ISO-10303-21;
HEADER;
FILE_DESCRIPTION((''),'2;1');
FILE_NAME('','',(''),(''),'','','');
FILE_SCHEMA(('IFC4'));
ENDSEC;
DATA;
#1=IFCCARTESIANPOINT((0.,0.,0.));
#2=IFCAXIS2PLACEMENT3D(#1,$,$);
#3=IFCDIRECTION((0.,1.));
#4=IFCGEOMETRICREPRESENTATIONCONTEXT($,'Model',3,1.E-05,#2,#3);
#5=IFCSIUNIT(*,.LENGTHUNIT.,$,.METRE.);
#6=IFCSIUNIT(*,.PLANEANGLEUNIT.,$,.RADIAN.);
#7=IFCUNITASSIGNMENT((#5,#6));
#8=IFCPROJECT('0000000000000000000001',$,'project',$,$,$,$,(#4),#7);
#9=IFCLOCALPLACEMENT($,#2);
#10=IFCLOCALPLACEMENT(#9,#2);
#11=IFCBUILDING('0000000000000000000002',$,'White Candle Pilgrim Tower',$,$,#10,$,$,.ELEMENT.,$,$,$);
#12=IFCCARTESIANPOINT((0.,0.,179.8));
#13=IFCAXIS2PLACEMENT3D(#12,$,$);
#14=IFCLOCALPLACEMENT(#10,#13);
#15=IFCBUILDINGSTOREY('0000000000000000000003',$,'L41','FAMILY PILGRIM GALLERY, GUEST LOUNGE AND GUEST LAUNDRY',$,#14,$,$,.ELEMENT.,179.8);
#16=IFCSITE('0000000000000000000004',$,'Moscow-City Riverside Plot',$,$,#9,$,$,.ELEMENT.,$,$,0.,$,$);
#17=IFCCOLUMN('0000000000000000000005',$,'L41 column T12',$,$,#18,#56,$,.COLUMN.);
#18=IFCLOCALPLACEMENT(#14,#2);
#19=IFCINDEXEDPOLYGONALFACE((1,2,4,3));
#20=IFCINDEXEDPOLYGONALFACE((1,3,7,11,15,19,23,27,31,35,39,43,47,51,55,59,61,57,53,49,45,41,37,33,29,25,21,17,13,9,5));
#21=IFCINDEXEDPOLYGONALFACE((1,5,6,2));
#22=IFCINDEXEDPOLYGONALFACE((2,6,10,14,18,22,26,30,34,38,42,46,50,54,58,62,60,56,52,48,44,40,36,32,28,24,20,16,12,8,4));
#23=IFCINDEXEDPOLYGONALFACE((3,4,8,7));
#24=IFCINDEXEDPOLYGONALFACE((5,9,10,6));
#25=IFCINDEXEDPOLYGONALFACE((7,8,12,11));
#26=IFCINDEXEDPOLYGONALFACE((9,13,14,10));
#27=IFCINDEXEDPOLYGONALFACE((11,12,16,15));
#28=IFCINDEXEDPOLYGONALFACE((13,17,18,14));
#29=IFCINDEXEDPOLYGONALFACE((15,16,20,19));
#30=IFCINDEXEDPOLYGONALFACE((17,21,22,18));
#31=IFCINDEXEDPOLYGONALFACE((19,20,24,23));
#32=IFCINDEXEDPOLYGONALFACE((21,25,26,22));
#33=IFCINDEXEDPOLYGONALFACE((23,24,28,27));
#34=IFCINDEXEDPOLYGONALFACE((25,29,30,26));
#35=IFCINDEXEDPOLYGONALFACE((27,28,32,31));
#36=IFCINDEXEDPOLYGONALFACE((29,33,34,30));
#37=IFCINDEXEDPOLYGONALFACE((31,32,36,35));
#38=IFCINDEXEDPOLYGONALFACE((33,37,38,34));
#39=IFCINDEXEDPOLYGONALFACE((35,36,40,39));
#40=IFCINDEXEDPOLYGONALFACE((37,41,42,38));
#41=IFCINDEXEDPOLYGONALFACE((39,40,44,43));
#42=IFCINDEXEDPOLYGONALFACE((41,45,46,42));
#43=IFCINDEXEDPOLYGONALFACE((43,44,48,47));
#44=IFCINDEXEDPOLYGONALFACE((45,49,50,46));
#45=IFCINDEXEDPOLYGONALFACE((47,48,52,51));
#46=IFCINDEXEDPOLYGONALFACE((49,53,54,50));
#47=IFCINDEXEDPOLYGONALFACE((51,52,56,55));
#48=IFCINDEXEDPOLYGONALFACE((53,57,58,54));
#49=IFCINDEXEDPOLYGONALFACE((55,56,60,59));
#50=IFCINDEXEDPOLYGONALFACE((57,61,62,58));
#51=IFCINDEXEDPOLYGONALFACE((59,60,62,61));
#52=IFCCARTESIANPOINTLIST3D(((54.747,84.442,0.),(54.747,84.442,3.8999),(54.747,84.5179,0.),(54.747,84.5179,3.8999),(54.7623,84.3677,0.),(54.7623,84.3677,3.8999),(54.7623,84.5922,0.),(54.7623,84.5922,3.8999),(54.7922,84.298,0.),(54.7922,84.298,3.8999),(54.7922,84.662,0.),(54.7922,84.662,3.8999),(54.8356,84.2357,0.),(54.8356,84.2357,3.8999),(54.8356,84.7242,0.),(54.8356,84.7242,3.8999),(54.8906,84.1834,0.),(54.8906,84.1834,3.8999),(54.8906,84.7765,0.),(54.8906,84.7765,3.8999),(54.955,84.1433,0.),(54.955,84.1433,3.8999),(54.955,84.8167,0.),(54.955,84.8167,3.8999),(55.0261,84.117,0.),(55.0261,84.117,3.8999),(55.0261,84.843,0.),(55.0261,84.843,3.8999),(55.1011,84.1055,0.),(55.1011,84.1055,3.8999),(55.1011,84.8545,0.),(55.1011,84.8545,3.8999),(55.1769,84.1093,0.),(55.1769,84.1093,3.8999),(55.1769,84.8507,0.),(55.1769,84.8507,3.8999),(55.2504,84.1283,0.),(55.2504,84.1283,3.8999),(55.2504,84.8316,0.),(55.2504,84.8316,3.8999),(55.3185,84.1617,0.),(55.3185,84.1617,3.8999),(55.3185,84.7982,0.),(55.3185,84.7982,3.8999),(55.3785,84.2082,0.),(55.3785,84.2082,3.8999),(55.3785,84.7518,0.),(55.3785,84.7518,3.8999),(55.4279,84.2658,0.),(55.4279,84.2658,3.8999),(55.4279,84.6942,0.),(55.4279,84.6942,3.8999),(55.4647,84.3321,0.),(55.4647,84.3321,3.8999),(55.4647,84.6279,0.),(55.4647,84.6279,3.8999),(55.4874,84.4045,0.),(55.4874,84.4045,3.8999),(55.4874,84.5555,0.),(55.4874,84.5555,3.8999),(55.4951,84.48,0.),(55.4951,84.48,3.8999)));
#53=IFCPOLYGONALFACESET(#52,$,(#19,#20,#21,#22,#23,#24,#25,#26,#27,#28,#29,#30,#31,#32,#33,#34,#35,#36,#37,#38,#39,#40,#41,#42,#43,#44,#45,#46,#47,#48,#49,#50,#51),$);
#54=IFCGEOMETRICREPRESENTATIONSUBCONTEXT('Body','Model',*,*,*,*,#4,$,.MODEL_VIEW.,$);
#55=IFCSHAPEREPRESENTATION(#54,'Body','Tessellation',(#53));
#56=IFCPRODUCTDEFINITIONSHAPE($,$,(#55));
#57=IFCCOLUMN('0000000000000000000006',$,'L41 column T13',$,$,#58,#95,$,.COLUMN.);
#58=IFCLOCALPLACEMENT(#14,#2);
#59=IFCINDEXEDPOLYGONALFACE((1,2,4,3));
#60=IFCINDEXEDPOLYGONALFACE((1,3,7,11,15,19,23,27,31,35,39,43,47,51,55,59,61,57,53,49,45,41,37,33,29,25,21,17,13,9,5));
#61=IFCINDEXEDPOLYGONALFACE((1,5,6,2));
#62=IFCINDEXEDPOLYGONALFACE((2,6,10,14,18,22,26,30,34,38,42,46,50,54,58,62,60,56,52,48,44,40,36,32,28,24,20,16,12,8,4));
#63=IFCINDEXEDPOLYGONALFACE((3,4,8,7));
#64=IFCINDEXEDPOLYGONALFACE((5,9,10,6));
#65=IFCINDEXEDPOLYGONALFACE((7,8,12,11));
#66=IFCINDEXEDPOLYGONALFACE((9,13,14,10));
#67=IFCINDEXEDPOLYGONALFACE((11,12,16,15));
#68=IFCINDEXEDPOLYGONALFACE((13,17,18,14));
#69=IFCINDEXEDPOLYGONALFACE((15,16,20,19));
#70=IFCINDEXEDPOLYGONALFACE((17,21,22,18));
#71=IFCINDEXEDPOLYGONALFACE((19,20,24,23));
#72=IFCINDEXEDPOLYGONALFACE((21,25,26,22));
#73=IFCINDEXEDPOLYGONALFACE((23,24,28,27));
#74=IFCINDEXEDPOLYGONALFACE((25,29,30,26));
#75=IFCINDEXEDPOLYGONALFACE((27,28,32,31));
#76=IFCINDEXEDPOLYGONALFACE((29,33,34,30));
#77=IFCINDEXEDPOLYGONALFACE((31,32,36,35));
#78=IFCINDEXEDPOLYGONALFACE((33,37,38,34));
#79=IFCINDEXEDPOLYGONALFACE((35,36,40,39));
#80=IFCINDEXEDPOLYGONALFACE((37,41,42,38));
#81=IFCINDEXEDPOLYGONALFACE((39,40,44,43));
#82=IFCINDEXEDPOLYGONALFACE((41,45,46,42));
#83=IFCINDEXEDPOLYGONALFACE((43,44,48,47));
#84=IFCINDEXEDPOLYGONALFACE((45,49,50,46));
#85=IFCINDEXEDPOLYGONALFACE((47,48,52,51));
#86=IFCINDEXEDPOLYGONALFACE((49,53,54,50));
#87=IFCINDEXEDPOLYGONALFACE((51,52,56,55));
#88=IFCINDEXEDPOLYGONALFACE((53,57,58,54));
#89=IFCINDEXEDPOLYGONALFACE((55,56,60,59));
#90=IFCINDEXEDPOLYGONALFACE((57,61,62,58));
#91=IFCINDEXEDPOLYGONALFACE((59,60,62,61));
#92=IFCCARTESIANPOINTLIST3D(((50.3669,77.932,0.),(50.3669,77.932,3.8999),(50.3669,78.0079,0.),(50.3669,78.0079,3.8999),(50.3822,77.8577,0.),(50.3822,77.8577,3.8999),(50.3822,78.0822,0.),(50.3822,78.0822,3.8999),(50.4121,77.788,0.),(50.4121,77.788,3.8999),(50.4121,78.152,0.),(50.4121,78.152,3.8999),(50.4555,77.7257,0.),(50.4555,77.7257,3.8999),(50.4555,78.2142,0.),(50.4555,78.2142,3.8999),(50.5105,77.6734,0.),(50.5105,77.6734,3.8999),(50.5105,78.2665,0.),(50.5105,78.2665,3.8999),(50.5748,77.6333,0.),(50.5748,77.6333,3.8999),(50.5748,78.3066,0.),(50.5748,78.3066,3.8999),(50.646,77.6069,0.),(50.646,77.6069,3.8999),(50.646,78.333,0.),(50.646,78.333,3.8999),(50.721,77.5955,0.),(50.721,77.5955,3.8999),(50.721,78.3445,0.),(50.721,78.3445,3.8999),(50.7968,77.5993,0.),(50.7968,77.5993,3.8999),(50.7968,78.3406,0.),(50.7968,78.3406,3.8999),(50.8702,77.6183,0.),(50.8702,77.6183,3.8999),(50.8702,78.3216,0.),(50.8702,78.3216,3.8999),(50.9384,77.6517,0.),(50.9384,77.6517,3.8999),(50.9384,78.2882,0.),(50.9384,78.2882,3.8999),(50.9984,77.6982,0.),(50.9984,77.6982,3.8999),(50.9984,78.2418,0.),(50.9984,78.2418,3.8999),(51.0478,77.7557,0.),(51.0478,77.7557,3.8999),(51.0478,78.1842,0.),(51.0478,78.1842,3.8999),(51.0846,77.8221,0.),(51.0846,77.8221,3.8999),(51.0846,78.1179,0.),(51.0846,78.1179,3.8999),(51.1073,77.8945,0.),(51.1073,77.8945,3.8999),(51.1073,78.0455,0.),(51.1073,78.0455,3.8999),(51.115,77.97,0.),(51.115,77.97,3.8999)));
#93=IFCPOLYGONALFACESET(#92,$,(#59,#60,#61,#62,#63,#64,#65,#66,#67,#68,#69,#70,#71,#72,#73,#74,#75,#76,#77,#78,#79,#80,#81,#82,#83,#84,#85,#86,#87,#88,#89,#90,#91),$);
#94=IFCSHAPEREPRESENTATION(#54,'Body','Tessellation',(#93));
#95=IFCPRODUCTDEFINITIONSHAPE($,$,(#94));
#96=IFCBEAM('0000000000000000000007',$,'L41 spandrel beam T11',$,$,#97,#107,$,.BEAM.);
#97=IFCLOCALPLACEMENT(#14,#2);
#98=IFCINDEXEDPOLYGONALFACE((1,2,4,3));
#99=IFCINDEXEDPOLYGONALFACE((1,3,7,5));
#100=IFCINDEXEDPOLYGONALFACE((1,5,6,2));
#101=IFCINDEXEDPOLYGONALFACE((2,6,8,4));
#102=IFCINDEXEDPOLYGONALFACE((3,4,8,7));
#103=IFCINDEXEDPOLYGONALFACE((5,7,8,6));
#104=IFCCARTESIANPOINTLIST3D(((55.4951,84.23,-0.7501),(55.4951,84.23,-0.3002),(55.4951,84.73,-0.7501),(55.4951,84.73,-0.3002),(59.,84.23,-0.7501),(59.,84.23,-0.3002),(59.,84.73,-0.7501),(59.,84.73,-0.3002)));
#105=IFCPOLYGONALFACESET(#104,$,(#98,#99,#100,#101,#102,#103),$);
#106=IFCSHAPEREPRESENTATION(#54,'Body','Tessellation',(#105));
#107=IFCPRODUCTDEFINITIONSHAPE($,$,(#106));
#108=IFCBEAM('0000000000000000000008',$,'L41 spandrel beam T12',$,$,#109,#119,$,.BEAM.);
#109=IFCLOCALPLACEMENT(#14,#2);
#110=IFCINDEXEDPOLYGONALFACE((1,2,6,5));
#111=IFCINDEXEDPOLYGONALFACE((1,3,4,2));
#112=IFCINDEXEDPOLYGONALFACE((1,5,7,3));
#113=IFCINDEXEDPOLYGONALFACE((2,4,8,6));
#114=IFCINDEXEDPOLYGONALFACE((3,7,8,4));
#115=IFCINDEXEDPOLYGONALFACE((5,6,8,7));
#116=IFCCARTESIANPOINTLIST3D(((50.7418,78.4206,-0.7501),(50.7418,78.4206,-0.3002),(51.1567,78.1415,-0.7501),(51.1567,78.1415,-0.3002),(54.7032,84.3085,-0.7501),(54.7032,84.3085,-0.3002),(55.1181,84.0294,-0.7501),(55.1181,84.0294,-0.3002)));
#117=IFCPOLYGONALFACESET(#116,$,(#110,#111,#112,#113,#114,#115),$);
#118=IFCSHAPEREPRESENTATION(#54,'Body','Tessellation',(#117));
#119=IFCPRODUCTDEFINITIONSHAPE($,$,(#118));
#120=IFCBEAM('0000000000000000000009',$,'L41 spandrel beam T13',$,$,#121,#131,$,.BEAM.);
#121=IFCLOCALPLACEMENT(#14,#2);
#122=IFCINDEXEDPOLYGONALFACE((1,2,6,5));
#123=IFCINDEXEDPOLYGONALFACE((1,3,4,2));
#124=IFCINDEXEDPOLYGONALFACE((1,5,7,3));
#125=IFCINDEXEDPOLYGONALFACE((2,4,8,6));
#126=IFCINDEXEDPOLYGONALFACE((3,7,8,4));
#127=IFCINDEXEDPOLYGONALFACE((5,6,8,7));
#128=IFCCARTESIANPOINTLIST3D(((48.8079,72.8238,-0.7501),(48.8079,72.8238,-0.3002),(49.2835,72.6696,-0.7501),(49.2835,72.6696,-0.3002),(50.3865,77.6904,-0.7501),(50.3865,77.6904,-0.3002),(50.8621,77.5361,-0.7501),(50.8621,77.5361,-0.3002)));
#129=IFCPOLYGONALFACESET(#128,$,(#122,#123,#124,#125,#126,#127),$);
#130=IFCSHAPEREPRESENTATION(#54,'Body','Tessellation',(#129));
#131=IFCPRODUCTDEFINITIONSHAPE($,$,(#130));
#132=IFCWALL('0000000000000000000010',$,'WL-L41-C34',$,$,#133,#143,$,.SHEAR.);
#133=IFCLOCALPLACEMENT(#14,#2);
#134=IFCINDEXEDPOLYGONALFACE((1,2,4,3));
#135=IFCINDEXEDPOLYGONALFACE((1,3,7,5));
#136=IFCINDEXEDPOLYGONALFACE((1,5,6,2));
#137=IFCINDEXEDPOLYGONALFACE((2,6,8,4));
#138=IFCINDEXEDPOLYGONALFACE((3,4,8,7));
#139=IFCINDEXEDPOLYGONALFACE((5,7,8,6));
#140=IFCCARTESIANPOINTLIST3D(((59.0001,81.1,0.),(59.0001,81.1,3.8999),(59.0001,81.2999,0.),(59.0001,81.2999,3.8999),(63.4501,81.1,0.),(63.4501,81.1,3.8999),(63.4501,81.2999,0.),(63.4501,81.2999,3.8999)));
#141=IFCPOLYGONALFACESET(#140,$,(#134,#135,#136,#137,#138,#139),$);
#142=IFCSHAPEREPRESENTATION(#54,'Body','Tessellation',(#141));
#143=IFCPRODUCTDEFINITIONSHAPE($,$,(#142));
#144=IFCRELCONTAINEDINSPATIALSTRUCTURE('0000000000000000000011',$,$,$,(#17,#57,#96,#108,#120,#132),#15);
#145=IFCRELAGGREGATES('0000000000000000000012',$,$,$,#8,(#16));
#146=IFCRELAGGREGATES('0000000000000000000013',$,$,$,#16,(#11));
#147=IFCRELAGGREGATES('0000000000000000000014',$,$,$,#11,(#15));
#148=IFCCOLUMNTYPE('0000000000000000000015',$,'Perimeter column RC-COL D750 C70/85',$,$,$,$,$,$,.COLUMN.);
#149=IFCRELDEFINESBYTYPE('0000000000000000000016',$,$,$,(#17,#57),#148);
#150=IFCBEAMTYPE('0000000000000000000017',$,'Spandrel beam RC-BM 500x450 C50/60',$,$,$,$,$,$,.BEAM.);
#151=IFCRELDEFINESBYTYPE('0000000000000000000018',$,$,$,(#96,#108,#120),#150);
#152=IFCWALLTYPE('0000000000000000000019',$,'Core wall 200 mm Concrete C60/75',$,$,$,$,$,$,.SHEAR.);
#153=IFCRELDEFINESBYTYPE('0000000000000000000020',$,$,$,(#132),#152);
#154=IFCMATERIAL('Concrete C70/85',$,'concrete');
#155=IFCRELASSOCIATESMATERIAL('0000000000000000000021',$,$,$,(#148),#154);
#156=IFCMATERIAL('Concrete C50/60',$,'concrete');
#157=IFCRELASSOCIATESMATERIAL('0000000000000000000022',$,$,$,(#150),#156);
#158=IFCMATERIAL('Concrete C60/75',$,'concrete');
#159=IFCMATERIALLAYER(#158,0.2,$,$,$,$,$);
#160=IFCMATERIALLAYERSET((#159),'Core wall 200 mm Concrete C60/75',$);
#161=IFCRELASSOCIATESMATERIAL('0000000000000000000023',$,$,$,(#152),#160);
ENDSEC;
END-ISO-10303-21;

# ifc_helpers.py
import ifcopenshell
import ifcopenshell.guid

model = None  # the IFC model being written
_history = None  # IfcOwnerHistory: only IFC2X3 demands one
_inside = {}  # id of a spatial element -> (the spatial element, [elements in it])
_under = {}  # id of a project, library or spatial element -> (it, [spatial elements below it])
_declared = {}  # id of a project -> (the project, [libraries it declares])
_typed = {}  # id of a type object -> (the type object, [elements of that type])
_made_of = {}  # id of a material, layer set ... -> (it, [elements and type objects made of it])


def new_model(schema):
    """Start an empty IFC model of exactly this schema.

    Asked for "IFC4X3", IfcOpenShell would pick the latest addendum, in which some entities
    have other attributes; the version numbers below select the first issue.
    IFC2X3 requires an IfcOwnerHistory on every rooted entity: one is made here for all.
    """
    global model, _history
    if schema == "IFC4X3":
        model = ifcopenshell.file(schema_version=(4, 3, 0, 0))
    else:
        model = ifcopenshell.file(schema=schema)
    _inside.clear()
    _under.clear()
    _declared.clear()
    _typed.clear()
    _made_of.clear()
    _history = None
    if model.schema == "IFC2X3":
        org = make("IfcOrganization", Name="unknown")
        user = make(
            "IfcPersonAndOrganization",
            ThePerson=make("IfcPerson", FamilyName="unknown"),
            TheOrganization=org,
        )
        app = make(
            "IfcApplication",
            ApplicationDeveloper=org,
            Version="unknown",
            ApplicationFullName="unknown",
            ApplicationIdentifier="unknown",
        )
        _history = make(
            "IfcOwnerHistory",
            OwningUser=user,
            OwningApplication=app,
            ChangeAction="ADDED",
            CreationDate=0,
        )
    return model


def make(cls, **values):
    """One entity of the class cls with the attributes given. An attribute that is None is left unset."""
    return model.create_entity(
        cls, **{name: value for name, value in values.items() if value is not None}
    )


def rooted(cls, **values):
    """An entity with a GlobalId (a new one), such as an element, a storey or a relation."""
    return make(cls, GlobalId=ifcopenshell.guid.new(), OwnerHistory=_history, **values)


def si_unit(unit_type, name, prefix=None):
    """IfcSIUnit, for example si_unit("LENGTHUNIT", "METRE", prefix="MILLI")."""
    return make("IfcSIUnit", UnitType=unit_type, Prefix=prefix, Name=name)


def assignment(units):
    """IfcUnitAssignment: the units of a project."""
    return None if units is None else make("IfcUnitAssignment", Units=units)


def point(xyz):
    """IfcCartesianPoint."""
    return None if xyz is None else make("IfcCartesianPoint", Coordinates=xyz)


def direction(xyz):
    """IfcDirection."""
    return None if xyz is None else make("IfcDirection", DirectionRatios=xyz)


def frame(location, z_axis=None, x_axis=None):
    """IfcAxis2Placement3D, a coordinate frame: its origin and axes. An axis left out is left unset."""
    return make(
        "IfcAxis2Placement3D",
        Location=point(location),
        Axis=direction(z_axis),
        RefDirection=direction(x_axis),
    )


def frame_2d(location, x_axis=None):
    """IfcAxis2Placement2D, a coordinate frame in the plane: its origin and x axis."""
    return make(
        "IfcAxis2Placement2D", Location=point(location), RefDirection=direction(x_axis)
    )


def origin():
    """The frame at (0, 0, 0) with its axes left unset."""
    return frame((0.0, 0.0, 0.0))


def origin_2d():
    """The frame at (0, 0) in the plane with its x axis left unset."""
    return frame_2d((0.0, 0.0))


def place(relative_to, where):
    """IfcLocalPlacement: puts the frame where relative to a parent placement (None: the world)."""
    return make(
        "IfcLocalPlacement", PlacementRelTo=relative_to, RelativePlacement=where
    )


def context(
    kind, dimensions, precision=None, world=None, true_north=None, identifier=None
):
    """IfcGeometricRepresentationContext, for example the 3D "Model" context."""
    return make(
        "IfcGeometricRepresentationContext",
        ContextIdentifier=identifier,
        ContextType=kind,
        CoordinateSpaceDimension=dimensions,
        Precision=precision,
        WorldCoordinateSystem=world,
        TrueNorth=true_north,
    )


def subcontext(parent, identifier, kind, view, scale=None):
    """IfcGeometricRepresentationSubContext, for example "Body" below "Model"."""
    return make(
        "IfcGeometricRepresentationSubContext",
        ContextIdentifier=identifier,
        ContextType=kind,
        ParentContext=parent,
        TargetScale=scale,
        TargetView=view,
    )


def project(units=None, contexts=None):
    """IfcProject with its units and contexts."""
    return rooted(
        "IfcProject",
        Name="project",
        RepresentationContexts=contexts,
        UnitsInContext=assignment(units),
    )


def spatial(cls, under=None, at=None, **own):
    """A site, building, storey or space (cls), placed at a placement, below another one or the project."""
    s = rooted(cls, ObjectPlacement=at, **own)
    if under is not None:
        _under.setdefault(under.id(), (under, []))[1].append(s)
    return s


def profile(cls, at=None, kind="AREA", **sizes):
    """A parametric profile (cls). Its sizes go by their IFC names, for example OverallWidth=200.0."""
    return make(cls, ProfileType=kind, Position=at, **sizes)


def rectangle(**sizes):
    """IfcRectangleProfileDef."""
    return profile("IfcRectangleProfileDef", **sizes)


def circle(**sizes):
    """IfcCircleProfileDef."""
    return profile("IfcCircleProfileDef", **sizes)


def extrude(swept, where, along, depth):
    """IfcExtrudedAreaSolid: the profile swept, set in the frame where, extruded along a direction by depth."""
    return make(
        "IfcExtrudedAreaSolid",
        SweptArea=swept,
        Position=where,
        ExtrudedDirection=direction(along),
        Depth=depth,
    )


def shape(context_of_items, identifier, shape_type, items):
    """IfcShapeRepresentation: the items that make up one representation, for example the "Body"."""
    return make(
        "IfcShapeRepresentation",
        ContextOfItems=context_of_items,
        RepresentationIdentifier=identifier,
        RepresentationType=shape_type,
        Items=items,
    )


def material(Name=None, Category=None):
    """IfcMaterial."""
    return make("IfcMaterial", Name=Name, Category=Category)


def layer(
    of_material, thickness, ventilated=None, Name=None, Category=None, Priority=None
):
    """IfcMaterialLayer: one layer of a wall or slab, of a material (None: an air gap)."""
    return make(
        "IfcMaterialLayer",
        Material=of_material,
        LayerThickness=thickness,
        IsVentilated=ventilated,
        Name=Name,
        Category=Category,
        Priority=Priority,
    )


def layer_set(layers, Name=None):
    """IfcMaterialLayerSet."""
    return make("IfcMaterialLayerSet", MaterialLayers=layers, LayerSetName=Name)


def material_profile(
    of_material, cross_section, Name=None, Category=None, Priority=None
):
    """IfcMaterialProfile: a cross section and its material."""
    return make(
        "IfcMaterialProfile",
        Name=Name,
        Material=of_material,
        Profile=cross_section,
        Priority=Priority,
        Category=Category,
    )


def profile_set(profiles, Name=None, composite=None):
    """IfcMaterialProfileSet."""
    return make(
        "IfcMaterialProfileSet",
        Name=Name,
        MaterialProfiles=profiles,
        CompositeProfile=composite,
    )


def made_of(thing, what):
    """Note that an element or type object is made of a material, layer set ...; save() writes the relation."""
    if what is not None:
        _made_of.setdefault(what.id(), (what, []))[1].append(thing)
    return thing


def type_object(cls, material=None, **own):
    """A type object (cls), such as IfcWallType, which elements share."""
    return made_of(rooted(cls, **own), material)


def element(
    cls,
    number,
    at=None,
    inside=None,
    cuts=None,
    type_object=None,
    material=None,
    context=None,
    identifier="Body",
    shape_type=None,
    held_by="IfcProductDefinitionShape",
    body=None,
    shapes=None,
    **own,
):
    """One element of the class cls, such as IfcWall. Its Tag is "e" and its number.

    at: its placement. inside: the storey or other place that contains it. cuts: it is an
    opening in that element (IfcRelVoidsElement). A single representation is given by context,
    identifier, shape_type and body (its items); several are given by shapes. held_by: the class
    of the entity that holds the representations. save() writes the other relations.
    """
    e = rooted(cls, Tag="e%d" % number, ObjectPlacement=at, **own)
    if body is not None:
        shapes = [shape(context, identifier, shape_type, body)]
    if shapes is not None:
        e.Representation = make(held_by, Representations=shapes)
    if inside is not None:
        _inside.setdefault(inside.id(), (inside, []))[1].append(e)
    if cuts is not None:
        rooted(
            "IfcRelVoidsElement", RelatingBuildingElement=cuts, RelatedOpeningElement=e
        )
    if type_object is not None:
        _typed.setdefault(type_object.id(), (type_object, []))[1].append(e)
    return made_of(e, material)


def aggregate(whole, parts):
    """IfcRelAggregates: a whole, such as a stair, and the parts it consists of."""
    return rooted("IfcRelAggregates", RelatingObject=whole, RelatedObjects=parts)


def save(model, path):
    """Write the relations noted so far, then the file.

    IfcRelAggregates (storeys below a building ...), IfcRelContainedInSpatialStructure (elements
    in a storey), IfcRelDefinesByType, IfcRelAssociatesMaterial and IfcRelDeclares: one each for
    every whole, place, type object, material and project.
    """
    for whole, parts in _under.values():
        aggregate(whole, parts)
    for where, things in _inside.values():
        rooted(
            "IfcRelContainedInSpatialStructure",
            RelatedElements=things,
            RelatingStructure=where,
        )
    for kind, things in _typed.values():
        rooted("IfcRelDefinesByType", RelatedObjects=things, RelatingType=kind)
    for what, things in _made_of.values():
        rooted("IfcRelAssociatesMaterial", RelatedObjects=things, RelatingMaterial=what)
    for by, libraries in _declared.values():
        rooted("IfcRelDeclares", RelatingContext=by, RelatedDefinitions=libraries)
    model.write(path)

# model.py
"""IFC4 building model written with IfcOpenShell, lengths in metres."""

from ifc_helpers import new_model, si_unit, direction, frame, frame_2d, origin, origin_2d, place, context, subcontext, project, spatial, rectangle, circle, extrude, material, layer, layer_set, material_profile, profile_set, type_object, element, save


model = new_model("IFC4")

# Units and contexts
model_context = context("Model", 3, precision=1e-05, world=origin(), true_north=direction((0.0, 1.0)))
body_context = subcontext(model_context, "Body", "Model", "MODEL_VIEW")
ifc_project = project(units=[si_unit("LENGTHUNIT", "METRE"), si_unit("PLANEANGLEUNIT", "RADIAN")], contexts=[model_context])

# Site, building, storey
site_placement = place(None, origin())
site = spatial("IfcSite", under=ifc_project, at=site_placement, Name="Moscow-City Riverside Plot", CompositionType="ELEMENT", RefElevation=0.0)
building_placement = place(site_placement, origin())
building = spatial("IfcBuilding", under=site, at=building_placement, Name="White Candle Pilgrim Tower", CompositionType="ELEMENT")
storey_placement = place(building_placement, frame((0.0, 0.0, 179.8)))
storey = spatial("IfcBuildingStorey", under=building, at=storey_placement, Name="L41", Description="FAMILY PILGRIM GALLERY, GUEST LOUNGE AND GUEST LAUNDRY", CompositionType="ELEMENT", Elevation=179.8)

# Columns
ifc_material_1 = material(Name="Concrete C70/85", Category="concrete")
ifc_material_profile_1 = material_profile(ifc_material_1, circle(Radius=0.375, at=origin_2d()), Name="RC-COL D750")
ifc_profile_set_1 = profile_set([ifc_material_profile_1], Name="Concrete C70/85")
column_type = type_object("IfcColumnType", Name="Perimeter column RC-COL D750 C70/85", PredefinedType="COLUMN", material=ifc_profile_set_1)
for number, where, z_axis, x_axis, name in (
    (1, (55.1201, 84.48, 0.0), (0.0, 0.0, 1.0), (1.0, 0.0, 0.0), "L41 column T12"),
    (2, (50.74, 77.97, 0.0), (0.0, 0.0, 1.0), (1.0, 0.0, 0.0), "L41 column T13"),
):
    element("IfcColumn", number, at=place(storey_placement, frame(where, z_axis=z_axis, x_axis=x_axis)), inside=storey, type_object=column_type, Name=name, PredefinedType="COLUMN", context=body_context, shape_type="SweptSolid", body=[
        extrude(circle(Radius=0.375, at=origin_2d()), origin(), (0.0, 0.0, 1.0), 3.8999),
    ])

# Beams
ifc_material_2 = material(Name="Concrete C50/60", Category="concrete")
ifc_material_profile_2 = material_profile(ifc_material_2, rectangle(XDim=0.5, YDim=0.45, at=origin_2d()), Name="RC-BM 500x450")
ifc_profile_set_2 = profile_set([ifc_material_profile_2], Name="Concrete C50/60")
beam_type = type_object("IfcBeamType", Name="Spandrel beam RC-BM 500x450 C50/60", PredefinedType="BEAM", material=ifc_profile_set_2)
beam_1_placement = place(storey_placement, frame((55.4951, 84.48, -0.5251), z_axis=(1.0, 0.0, 0.0), x_axis=(0.0, 1.0, 0.0)))
element("IfcBeam", 3, at=beam_1_placement, inside=storey, type_object=beam_type, Name="L41 spandrel beam T11", PredefinedType="BEAM", context=body_context, shape_type="SweptSolid", body=[
    extrude(rectangle(XDim=0.5, YDim=0.45, at=origin_2d()), origin(), (0.0, 0.0, 1.0), 3.5049),
])
beam_2_placement = place(storey_placement, frame((54.9106, 84.1689, -0.5251), z_axis=(-0.55822, -0.829693, 0.0), x_axis=(0.829693, -0.55822, 0.0)))
element("IfcBeam", 4, at=beam_2_placement, inside=storey, type_object=beam_type, Name="L41 spandrel beam T12", PredefinedType="BEAM", context=body_context, shape_type="SweptSolid", body=[
    extrude(rectangle(XDim=0.5, YDim=0.45, at=origin_2d()), origin(), (0.0, 0.0, 1.0), 7.0964),
])
beam_3_placement = place(storey_placement, frame((50.6243, 77.6133, -0.5251), z_axis=(-0.308544, -0.95121, 0.0), x_axis=(0.95121, -0.308544, 0.0)))
element("IfcBeam", 5, at=beam_3_placement, inside=storey, type_object=beam_type, Name="L41 spandrel beam T13", PredefinedType="BEAM", context=body_context, shape_type="SweptSolid", body=[
    extrude(rectangle(XDim=0.5, YDim=0.45, at=origin_2d()), origin(), (0.0, 0.0, 1.0), 5.1162),
])

# Wall
ifc_material_3 = material(Name="Concrete C60/75", Category="concrete")
ifc_layer_1 = layer(ifc_material_3, 0.2)
ifc_layer_set_1 = layer_set([ifc_layer_1], Name="Core wall 200 mm Concrete C60/75")
wall_type_1 = type_object("IfcWallType", Name="Core wall 200 mm Concrete C60/75", PredefinedType="SHEAR", material=ifc_layer_set_1)
wall_1_placement = place(storey_placement, frame((59.0, 81.2, 0.0), z_axis=(0.0, 0.0, 1.0), x_axis=(1.0, 0.0, 0.0)))
element("IfcWall", 6, at=wall_1_placement, inside=storey, type_object=wall_type_1, Name="WL-L41-C34", PredefinedType="SHEAR", context=body_context, shape_type="SweptSolid", body=[
    extrude(rectangle(XDim=4.45, YDim=0.2, at=frame_2d((2.2251, 0.0))), origin(), (0.0, 0.0, 1.0), 3.8999),
])

save(model, "model.ifc")
